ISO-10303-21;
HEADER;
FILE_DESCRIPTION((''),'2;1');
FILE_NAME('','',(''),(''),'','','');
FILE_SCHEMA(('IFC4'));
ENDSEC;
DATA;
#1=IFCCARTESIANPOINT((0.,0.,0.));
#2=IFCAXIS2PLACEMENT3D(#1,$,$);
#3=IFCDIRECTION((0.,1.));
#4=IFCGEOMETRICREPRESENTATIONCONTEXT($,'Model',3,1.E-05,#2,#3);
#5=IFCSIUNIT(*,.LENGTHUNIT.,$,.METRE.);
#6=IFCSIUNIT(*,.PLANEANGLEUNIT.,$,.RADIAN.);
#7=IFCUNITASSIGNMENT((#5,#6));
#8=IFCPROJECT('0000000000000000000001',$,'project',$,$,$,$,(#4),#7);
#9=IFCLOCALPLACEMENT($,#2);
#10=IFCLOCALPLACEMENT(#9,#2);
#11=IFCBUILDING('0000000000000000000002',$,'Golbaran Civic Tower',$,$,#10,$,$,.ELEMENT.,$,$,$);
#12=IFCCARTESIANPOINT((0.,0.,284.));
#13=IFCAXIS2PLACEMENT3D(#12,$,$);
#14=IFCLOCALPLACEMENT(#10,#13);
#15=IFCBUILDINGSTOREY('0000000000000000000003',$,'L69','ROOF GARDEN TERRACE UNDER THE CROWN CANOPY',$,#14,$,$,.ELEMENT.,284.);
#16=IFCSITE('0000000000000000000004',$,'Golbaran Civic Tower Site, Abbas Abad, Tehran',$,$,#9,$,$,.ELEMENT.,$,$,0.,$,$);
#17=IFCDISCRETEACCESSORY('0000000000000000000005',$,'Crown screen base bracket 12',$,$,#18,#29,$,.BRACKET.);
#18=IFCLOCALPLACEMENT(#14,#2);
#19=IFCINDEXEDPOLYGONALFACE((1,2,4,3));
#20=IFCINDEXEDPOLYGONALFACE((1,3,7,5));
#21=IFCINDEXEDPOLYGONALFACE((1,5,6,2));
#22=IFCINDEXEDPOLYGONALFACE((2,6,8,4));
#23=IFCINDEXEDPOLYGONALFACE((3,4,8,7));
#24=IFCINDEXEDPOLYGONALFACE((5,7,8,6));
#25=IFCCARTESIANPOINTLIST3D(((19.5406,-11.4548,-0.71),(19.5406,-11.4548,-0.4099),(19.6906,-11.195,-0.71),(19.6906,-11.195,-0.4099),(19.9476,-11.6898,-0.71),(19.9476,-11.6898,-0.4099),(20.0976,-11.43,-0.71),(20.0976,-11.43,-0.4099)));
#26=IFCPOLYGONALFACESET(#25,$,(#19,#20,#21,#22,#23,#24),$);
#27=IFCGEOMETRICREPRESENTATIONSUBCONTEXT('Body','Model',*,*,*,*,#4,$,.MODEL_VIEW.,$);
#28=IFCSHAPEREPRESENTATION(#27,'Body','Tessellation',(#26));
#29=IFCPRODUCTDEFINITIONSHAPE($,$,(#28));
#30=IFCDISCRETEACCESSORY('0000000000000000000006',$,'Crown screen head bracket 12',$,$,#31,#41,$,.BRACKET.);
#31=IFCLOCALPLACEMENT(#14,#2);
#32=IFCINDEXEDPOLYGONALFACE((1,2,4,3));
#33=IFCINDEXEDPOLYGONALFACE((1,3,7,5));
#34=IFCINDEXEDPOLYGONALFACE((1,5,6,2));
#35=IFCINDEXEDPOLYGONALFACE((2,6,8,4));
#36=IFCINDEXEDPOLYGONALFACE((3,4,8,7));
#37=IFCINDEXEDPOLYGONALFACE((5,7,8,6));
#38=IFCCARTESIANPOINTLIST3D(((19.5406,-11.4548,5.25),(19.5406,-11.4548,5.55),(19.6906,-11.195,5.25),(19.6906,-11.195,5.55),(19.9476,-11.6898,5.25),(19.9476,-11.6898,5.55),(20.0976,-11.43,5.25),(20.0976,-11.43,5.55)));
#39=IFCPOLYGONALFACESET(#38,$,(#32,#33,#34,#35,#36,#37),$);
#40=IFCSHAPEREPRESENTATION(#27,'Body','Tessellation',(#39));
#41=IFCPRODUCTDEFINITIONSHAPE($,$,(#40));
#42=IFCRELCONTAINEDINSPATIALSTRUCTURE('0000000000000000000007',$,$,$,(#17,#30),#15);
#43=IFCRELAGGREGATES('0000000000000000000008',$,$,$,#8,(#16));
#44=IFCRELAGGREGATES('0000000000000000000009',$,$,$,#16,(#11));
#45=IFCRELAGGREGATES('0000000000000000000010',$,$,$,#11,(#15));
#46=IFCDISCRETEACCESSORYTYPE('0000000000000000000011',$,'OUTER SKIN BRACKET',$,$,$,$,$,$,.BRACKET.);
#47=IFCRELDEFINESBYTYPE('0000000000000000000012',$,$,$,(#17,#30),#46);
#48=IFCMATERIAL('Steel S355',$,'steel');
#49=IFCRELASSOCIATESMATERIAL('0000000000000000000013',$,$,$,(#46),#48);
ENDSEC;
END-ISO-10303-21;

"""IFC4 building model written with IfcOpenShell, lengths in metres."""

from ifc_helpers import new_model, si_unit, direction, frame, origin, origin_2d, place, context, subcontext, project, spatial, rectangle, extrude, material, type_object, element, save


model = new_model("IFC4")

# Units and contexts
model_context = context("Model", 3, precision=1e-05, world=origin(), true_north=direction((0.0, 1.0)))
body_context = subcontext(model_context, "Body", "Model", "MODEL_VIEW")
ifc_project = project(units=[si_unit("LENGTHUNIT", "METRE"), si_unit("PLANEANGLEUNIT", "RADIAN")], contexts=[model_context])

# Site, building, storey
site_placement = place(None, origin())
site = spatial("IfcSite", under=ifc_project, at=site_placement, Name="Golbaran Civic Tower Site, Abbas Abad, Tehran", CompositionType="ELEMENT", RefElevation=0.0)
building_placement = place(site_placement, origin())
building = spatial("IfcBuilding", under=site, at=building_placement, Name="Golbaran Civic Tower", CompositionType="ELEMENT")
storey_placement = place(building_placement, frame((0.0, 0.0, 284.0)))
storey = spatial("IfcBuildingStorey", under=building, at=storey_placement, Name="L69", Description="ROOF GARDEN TERRACE UNDER THE CROWN CANOPY", CompositionType="ELEMENT", Elevation=284.0)

# Shared definitions
ifc_material_1 = material(Name="Steel S355", Category="steel")

# Discrete accessories
discrete_accessory_type = type_object("IfcDiscreteAccessoryType", Name="OUTER SKIN BRACKET", PredefinedType="BRACKET", material=ifc_material_1)
for number, where, z_axis, x_axis, name in (
    (1, (19.8191, -11.4424, -0.71), (0.0, 0.0, 1.0), (0.866025, -0.5, 0.0), "Crown screen base bracket 12"),
    (2, (19.8191, -11.4424, 5.25), (0.0, 0.0, 1.0), (0.866025, -0.5, 0.0), "Crown screen head bracket 12"),
):
    element("IfcDiscreteAccessory", number, at=place(storey_placement, frame(where, z_axis=z_axis, x_axis=x_axis)), inside=storey, type_object=discrete_accessory_type, Name=name, PredefinedType="BRACKET", context=body_context, shape_type="SweptSolid", body=[
        extrude(rectangle(XDim=0.47, YDim=0.3, at=origin_2d()), origin(), (0.0, 0.0, 1.0), 0.3),
    ])

save(model, "model.ifc")
